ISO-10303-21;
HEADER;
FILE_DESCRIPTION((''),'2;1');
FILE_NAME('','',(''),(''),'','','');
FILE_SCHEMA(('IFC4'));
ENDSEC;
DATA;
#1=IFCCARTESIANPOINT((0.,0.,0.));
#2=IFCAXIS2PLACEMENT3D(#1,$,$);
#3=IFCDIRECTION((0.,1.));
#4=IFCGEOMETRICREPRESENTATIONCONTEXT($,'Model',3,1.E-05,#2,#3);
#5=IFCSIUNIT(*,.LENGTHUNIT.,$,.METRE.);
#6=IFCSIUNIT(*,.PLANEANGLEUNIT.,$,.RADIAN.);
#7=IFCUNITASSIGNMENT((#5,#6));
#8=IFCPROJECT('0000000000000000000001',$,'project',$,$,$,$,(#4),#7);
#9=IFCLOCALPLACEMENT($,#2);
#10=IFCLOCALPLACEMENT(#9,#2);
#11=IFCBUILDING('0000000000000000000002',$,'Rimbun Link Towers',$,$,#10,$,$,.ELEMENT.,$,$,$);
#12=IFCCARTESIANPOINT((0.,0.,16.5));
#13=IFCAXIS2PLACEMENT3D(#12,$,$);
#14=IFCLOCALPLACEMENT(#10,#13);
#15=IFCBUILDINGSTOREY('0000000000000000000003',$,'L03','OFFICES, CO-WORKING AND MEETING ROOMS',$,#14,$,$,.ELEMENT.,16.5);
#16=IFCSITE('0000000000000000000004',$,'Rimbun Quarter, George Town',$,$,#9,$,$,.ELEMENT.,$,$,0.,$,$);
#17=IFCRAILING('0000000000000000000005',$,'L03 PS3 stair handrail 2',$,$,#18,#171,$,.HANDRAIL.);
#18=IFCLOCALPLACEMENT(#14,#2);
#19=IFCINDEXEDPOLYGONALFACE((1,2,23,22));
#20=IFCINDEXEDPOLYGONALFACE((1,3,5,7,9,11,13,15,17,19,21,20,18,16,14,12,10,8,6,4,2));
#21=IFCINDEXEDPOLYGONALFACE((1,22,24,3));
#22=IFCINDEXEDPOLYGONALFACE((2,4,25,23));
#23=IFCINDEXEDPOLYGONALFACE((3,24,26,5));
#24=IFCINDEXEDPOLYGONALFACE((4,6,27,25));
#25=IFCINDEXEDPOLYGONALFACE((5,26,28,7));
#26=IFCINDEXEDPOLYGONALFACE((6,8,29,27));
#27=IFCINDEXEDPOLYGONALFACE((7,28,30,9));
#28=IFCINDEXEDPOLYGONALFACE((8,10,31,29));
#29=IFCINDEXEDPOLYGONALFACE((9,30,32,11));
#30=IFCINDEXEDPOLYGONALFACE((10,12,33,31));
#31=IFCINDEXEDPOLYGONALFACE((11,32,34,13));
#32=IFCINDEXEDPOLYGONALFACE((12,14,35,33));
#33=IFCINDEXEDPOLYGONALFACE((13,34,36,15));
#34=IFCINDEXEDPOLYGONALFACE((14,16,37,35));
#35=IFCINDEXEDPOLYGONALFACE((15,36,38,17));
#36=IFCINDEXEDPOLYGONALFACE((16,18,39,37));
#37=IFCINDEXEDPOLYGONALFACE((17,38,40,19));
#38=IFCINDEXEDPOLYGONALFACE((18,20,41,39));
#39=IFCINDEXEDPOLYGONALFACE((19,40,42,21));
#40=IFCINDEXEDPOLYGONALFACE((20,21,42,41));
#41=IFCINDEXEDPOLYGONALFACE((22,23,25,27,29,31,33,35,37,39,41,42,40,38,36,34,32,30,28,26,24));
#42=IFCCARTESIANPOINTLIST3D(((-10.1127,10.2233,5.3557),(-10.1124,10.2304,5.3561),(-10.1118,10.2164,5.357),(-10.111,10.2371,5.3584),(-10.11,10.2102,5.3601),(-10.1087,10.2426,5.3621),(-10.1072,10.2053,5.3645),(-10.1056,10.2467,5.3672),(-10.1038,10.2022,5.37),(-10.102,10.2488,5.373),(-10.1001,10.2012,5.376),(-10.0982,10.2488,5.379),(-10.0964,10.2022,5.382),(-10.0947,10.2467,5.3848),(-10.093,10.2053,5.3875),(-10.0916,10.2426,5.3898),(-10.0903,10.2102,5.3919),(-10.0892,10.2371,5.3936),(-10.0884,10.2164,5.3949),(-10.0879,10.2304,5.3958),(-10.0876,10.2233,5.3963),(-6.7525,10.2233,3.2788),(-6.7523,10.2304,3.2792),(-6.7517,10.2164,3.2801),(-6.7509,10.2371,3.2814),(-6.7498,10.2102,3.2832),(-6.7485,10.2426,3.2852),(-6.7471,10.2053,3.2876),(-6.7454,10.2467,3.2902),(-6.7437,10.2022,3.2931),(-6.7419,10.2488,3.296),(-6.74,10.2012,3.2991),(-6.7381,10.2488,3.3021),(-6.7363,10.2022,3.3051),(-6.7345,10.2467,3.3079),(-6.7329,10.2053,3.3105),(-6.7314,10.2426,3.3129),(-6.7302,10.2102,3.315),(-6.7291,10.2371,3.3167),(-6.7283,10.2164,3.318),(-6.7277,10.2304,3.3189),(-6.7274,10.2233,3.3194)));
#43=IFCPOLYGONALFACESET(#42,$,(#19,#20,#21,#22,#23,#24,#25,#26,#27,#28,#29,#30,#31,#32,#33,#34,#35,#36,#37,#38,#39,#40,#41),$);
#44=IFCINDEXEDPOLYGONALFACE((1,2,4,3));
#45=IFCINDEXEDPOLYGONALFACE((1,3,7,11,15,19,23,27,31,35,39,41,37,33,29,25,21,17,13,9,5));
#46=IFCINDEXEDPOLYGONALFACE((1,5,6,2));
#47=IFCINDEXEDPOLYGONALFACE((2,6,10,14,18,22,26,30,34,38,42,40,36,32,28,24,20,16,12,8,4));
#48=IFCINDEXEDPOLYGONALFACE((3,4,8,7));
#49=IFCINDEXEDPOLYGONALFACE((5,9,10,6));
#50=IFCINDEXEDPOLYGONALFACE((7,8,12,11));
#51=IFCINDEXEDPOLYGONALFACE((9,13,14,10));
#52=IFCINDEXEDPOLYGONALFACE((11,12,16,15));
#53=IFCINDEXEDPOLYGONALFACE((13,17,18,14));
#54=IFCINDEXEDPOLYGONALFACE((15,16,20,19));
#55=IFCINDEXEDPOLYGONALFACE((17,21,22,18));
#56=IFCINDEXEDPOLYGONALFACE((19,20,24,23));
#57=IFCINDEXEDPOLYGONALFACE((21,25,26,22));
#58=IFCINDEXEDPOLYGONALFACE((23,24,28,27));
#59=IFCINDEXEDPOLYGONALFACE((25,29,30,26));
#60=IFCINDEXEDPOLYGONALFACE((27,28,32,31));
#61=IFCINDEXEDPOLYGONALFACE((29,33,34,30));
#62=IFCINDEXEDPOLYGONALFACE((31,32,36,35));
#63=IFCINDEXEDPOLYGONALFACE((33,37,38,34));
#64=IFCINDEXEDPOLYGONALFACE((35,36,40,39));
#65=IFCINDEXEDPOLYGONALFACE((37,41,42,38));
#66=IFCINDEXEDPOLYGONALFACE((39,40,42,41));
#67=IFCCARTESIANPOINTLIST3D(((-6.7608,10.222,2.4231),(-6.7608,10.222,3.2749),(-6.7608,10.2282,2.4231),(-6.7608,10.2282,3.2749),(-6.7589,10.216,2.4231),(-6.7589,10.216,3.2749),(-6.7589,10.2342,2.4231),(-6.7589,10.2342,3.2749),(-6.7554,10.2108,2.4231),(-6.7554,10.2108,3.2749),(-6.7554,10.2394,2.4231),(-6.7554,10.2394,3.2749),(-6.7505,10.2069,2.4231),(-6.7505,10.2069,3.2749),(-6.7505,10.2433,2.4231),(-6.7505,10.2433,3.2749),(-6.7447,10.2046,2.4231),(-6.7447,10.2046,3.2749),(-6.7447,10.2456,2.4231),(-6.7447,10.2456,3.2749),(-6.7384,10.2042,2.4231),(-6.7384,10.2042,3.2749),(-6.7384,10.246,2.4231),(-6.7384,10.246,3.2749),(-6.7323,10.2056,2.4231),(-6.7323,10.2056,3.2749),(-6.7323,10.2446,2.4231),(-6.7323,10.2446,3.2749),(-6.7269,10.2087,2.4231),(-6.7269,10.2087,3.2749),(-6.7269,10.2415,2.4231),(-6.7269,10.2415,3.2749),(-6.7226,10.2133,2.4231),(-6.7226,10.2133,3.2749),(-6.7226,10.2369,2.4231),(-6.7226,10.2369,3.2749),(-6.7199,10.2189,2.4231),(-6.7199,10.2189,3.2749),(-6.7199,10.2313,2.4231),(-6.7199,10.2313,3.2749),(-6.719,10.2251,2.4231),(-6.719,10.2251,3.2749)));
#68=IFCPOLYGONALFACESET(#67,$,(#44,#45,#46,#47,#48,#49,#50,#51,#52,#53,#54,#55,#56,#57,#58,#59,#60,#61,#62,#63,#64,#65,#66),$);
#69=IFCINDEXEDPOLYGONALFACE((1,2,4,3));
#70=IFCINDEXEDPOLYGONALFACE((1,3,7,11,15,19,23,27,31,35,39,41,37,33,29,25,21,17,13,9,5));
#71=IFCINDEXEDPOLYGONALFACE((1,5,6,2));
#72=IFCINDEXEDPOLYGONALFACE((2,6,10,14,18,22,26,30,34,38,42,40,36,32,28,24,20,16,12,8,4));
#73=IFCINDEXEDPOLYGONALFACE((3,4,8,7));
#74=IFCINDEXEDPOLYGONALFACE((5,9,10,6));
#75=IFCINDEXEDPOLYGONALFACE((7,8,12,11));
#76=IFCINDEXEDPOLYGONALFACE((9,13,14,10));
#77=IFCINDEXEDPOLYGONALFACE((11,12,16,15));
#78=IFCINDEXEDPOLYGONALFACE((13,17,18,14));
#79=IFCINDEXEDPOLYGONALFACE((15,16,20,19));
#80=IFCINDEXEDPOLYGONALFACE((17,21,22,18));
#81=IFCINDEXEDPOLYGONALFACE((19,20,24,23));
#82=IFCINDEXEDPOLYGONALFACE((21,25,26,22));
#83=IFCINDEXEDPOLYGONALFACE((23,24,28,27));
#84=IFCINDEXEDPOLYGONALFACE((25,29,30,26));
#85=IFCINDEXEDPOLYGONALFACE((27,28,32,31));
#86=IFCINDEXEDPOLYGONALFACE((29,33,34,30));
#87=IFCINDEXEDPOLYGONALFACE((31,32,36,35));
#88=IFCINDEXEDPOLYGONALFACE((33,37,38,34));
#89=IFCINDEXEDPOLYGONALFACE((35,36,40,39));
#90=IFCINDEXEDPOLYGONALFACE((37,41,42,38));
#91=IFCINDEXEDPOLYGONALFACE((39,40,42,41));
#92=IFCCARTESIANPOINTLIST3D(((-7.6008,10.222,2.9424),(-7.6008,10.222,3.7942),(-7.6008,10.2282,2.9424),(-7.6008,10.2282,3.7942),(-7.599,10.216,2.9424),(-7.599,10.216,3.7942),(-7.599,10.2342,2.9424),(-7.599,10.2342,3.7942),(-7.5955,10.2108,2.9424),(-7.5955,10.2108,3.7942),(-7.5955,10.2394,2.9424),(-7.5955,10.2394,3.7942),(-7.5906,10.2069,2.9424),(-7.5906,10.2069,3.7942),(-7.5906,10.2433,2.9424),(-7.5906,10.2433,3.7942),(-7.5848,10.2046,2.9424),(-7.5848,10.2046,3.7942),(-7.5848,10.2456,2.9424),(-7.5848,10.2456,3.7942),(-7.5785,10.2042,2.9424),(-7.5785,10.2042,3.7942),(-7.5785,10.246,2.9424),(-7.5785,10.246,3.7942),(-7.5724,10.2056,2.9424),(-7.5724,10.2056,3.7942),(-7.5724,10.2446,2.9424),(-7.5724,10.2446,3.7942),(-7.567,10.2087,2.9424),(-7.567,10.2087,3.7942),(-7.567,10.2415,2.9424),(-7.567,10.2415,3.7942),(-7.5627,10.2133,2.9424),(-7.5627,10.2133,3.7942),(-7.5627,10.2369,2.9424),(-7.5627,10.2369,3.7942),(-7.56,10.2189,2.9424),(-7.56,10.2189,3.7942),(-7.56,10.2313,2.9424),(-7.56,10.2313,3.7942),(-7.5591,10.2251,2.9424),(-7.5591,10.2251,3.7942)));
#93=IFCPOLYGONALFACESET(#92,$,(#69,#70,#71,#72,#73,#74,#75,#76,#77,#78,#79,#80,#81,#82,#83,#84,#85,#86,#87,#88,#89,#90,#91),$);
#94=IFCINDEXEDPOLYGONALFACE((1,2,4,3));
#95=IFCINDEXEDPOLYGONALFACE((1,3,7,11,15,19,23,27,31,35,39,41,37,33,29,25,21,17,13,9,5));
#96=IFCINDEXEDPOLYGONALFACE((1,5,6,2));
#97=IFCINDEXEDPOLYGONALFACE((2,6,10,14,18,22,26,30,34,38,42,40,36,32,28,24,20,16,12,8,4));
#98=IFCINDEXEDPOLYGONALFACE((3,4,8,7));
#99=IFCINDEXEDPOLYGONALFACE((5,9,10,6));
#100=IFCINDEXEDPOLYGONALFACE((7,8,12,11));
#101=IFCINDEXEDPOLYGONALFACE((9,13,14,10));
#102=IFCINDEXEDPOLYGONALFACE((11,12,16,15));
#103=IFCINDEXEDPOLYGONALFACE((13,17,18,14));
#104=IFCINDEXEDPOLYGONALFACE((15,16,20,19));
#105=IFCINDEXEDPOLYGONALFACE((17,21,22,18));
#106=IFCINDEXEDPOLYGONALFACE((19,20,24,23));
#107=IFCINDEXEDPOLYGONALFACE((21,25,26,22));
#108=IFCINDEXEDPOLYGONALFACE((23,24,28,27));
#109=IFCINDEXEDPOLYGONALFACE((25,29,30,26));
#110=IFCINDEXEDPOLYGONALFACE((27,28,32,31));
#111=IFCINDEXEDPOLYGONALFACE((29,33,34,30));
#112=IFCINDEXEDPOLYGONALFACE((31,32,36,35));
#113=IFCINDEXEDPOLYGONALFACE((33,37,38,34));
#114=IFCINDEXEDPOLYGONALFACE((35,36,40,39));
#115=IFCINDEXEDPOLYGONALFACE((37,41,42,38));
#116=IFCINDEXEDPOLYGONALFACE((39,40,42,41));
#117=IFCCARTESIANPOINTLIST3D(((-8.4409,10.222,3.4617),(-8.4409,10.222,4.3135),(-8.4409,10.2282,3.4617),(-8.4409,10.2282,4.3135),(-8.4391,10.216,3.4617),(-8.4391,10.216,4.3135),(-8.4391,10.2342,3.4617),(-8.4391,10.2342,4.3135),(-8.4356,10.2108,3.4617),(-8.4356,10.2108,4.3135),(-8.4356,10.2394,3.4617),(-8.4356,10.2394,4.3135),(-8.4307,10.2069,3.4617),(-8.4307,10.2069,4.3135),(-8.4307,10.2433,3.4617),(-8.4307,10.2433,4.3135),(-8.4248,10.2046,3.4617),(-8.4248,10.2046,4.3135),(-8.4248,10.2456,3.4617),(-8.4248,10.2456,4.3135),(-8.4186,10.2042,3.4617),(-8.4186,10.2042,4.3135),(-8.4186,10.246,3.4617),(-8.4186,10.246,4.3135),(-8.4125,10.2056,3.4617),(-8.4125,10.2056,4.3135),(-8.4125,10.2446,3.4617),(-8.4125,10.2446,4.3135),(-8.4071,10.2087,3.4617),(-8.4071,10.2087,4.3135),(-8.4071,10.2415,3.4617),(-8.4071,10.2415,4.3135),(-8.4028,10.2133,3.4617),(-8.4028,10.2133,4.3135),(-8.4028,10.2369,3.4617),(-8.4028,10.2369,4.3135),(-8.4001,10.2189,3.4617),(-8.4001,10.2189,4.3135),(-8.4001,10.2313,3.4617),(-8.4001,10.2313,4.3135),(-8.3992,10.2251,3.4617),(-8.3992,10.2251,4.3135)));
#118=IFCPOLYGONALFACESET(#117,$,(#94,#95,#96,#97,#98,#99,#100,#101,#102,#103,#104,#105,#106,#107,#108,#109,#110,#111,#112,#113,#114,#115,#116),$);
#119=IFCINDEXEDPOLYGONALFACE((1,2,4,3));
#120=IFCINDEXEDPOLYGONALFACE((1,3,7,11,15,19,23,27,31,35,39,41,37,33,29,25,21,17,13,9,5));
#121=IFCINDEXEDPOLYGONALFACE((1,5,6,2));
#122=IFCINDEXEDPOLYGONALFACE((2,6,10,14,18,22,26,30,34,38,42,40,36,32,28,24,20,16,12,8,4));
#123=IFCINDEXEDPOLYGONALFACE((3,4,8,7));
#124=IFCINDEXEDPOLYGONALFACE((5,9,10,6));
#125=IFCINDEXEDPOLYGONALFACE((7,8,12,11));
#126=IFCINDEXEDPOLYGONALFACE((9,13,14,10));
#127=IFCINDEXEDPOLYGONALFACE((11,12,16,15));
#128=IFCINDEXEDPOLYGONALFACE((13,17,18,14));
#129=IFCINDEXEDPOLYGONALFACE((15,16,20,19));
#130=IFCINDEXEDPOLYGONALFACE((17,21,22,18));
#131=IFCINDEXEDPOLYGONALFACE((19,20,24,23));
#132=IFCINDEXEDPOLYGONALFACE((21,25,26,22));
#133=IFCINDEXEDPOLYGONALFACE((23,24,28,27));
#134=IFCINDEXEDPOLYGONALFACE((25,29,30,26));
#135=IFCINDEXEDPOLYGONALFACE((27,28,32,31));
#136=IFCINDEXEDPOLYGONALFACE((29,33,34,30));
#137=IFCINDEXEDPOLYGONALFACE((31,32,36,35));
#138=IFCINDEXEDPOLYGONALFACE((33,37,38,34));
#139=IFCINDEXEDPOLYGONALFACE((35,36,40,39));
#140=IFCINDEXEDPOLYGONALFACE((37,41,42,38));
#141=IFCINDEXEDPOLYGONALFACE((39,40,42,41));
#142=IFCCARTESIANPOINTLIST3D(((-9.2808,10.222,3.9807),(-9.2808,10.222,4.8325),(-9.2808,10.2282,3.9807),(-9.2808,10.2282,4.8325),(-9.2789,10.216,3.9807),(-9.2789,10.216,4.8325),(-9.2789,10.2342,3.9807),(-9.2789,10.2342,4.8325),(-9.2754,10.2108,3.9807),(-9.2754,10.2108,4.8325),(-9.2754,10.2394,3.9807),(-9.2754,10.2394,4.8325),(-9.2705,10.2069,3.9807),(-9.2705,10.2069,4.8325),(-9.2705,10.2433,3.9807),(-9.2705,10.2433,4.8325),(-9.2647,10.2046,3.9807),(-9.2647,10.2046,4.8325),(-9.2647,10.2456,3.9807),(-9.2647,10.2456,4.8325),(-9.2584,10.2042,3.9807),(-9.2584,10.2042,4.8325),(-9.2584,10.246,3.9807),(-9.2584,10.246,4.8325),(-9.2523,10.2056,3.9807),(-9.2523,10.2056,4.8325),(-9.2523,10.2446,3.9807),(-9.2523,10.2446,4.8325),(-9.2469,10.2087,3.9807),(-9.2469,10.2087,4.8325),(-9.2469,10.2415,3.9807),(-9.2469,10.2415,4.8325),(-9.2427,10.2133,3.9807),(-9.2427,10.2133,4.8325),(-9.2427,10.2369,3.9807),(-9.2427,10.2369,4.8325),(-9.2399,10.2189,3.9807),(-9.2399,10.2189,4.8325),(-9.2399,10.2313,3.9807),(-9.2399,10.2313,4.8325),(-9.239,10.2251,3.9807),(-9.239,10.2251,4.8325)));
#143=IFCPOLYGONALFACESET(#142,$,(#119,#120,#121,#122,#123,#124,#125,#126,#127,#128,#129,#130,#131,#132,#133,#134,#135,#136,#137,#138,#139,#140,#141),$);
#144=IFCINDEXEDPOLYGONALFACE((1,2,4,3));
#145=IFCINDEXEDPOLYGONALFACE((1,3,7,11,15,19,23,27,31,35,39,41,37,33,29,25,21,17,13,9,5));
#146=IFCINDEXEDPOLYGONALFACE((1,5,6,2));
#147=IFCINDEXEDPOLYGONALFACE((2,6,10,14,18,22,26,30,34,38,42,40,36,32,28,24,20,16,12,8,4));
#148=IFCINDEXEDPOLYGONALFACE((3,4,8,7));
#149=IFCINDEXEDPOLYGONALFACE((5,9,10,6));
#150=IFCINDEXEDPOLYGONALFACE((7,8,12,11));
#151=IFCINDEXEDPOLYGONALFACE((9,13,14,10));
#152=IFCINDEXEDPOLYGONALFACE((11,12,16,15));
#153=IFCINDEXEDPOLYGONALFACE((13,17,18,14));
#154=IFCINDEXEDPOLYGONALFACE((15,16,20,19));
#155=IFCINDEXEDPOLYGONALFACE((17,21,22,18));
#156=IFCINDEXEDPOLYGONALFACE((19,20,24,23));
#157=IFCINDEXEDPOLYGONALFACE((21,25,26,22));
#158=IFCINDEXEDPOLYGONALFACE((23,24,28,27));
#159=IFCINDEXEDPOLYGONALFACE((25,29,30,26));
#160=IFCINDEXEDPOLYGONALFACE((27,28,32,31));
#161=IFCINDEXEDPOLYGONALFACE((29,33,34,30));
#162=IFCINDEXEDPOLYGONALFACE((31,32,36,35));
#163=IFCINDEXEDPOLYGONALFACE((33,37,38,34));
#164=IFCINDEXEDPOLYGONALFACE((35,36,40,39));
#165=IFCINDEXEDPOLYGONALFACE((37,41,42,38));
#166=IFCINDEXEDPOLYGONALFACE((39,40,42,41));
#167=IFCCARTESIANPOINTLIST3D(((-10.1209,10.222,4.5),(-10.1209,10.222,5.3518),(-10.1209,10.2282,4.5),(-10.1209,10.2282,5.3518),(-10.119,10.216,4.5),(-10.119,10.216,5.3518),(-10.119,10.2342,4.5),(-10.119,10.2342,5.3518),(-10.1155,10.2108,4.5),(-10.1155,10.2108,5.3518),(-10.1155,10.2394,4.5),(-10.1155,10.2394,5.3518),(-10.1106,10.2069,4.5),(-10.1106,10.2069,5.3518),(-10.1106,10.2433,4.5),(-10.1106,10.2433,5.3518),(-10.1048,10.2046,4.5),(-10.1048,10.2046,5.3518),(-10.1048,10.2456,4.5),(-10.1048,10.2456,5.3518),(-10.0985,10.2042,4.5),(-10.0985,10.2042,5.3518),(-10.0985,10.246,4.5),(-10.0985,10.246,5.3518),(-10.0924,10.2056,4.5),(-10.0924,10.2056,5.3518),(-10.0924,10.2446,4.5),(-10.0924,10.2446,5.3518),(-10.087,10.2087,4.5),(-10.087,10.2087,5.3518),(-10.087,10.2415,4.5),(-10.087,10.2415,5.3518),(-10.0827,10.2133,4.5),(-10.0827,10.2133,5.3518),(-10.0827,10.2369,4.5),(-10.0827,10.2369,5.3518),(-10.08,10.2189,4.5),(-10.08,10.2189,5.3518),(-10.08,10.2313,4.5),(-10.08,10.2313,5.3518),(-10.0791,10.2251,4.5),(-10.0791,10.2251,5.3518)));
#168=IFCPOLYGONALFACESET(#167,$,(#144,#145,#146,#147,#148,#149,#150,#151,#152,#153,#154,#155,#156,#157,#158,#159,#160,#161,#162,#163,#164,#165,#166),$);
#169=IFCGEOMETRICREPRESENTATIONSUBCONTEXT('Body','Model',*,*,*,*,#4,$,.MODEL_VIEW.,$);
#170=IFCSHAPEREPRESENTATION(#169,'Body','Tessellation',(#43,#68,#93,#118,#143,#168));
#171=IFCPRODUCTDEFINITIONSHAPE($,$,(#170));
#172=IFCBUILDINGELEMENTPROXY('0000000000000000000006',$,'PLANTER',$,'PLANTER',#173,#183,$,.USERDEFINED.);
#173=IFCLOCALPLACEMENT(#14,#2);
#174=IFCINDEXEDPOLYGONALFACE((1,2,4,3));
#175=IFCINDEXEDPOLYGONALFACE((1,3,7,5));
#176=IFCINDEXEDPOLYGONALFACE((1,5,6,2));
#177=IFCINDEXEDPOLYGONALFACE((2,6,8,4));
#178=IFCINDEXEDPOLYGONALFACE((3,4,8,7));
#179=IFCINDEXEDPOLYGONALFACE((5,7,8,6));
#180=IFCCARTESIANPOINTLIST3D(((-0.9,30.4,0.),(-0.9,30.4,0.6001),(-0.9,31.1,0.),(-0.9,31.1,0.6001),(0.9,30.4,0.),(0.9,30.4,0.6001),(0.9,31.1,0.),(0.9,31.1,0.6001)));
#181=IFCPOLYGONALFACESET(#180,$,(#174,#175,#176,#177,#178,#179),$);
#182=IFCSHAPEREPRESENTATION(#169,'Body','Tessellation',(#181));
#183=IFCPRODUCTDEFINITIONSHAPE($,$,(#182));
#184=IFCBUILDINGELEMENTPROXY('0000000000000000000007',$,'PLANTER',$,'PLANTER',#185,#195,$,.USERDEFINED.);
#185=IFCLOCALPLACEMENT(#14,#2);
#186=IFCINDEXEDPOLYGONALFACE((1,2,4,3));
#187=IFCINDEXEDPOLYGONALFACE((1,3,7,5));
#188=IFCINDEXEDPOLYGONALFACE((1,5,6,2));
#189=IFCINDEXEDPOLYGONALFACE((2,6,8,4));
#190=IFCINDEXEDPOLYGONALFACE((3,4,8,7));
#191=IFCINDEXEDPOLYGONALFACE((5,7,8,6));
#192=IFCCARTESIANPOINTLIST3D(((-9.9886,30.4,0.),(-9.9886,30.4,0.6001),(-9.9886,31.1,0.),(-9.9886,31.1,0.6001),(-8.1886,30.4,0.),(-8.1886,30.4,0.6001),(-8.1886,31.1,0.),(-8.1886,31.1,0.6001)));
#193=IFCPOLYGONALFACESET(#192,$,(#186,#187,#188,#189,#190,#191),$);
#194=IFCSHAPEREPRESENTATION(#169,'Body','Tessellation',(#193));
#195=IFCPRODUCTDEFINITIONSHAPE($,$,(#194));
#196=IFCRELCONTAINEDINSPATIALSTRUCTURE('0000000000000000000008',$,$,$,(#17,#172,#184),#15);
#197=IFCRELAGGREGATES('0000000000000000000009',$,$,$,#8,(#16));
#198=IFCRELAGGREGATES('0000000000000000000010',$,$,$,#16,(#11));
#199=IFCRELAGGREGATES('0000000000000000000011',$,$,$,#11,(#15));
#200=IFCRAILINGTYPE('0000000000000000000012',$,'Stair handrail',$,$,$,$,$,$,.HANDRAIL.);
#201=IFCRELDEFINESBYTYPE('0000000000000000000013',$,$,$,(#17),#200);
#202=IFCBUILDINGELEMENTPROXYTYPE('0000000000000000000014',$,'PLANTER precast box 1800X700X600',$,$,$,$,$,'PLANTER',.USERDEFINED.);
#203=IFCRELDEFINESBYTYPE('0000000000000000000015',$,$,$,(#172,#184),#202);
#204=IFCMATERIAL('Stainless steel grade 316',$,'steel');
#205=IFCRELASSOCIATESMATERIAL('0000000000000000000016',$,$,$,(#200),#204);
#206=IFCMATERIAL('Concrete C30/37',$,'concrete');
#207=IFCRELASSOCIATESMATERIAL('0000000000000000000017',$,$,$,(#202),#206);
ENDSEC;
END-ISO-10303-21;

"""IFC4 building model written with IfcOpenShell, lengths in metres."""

from ifc_helpers import new_model, si_unit, direction, frame, origin, origin_2d, place, context, subcontext, project, spatial, rectangle, circle, extrude, material, type_object, element, save


model = new_model("IFC4")

# Units and contexts
model_context = context("Model", 3, precision=1e-05, world=origin(), true_north=direction((0.0, 1.0)))
body_context = subcontext(model_context, "Body", "Model", "MODEL_VIEW")
ifc_project = project(units=[si_unit("LENGTHUNIT", "METRE"), si_unit("PLANEANGLEUNIT", "RADIAN")], contexts=[model_context])

# Site, building, storey
site_placement = place(None, origin())
site = spatial("IfcSite", under=ifc_project, at=site_placement, Name="Rimbun Quarter, George Town", CompositionType="ELEMENT", RefElevation=0.0)
building_placement = place(site_placement, origin())
building = spatial("IfcBuilding", under=site, at=building_placement, Name="Rimbun Link Towers", CompositionType="ELEMENT")
storey_placement = place(building_placement, frame((0.0, 0.0, 16.5)))
storey = spatial("IfcBuildingStorey", under=building, at=storey_placement, Name="L03", Description="OFFICES, CO-WORKING AND MEETING ROOMS", CompositionType="ELEMENT", Elevation=16.5)

# Railing
ifc_material_1 = material(Name="Stainless steel grade 316", Category="steel")
railing_type_1 = type_object("IfcRailingType", Name="Stair handrail", PredefinedType="HANDRAIL", material=ifc_material_1)
railing_1_placement = place(storey_placement, frame((-6.74, 10.2251, 2.4231)))
element("IfcRailing", 1, at=railing_1_placement, inside=storey, type_object=railing_type_1, Name="L03 PS3 stair handrail 2", PredefinedType="HANDRAIL", context=body_context, shape_type="SweptSolid", body=[
    extrude(circle(Radius=0.0239, at=origin_2d()), frame((0.0, 0.0, 0.876), z_axis=(-0.850623, 0.0, 0.525776), x_axis=(0.0, -1.0, 0.0)), (0.0, 0.0, 1.0), 3.9502),
    extrude(circle(Radius=0.021, at=origin_2d()), origin(), (0.0, 0.0, 1.0), 0.8518),
    extrude(circle(Radius=0.021, at=origin_2d()), frame((-0.8401, 0.0, 0.5193)), (0.0, 0.0, 1.0), 0.8518),
    extrude(circle(Radius=0.021, at=origin_2d()), frame((-1.6802, 0.0, 1.0386)), (0.0, 0.0, 1.0), 0.8518),
    extrude(circle(Radius=0.021, at=origin_2d()), frame((-2.52, 0.0, 1.5576)), (0.0, 0.0, 1.0), 0.8518),
    extrude(circle(Radius=0.021, at=origin_2d()), frame((-3.3601, 0.0, 2.0769)), (0.0, 0.0, 1.0), 0.8518),
])

# Building element proxies
ifc_material_2 = material(Name="Concrete C30/37", Category="concrete")
building_element_proxy_type = type_object("IfcBuildingElementProxyType", Name="PLANTER precast box 1800X700X600", ElementType="PLANTER", PredefinedType="USERDEFINED", material=ifc_material_2)
for number, where, z_axis, x_axis, name in (
    (2, (0.0, 30.75, 0.0), (0.0, 0.0, 1.0), (-1.0, 0.0, 0.0), "PLANTER"),
    (3, (-9.0886, 30.75, 0.0), (0.0, 0.0, 1.0), (-1.0, 0.0, 0.0), "PLANTER"),
):
    element("IfcBuildingElementProxy", number, at=place(storey_placement, frame(where, z_axis=z_axis, x_axis=x_axis)), inside=storey, type_object=building_element_proxy_type, Name=name, ObjectType="PLANTER", PredefinedType="USERDEFINED", context=body_context, shape_type="SweptSolid", body=[
        extrude(rectangle(XDim=1.8, YDim=0.7, at=origin_2d()), origin(), (0.0, 0.0, 1.0), 0.6001),
    ])

save(model, "model.ifc")
